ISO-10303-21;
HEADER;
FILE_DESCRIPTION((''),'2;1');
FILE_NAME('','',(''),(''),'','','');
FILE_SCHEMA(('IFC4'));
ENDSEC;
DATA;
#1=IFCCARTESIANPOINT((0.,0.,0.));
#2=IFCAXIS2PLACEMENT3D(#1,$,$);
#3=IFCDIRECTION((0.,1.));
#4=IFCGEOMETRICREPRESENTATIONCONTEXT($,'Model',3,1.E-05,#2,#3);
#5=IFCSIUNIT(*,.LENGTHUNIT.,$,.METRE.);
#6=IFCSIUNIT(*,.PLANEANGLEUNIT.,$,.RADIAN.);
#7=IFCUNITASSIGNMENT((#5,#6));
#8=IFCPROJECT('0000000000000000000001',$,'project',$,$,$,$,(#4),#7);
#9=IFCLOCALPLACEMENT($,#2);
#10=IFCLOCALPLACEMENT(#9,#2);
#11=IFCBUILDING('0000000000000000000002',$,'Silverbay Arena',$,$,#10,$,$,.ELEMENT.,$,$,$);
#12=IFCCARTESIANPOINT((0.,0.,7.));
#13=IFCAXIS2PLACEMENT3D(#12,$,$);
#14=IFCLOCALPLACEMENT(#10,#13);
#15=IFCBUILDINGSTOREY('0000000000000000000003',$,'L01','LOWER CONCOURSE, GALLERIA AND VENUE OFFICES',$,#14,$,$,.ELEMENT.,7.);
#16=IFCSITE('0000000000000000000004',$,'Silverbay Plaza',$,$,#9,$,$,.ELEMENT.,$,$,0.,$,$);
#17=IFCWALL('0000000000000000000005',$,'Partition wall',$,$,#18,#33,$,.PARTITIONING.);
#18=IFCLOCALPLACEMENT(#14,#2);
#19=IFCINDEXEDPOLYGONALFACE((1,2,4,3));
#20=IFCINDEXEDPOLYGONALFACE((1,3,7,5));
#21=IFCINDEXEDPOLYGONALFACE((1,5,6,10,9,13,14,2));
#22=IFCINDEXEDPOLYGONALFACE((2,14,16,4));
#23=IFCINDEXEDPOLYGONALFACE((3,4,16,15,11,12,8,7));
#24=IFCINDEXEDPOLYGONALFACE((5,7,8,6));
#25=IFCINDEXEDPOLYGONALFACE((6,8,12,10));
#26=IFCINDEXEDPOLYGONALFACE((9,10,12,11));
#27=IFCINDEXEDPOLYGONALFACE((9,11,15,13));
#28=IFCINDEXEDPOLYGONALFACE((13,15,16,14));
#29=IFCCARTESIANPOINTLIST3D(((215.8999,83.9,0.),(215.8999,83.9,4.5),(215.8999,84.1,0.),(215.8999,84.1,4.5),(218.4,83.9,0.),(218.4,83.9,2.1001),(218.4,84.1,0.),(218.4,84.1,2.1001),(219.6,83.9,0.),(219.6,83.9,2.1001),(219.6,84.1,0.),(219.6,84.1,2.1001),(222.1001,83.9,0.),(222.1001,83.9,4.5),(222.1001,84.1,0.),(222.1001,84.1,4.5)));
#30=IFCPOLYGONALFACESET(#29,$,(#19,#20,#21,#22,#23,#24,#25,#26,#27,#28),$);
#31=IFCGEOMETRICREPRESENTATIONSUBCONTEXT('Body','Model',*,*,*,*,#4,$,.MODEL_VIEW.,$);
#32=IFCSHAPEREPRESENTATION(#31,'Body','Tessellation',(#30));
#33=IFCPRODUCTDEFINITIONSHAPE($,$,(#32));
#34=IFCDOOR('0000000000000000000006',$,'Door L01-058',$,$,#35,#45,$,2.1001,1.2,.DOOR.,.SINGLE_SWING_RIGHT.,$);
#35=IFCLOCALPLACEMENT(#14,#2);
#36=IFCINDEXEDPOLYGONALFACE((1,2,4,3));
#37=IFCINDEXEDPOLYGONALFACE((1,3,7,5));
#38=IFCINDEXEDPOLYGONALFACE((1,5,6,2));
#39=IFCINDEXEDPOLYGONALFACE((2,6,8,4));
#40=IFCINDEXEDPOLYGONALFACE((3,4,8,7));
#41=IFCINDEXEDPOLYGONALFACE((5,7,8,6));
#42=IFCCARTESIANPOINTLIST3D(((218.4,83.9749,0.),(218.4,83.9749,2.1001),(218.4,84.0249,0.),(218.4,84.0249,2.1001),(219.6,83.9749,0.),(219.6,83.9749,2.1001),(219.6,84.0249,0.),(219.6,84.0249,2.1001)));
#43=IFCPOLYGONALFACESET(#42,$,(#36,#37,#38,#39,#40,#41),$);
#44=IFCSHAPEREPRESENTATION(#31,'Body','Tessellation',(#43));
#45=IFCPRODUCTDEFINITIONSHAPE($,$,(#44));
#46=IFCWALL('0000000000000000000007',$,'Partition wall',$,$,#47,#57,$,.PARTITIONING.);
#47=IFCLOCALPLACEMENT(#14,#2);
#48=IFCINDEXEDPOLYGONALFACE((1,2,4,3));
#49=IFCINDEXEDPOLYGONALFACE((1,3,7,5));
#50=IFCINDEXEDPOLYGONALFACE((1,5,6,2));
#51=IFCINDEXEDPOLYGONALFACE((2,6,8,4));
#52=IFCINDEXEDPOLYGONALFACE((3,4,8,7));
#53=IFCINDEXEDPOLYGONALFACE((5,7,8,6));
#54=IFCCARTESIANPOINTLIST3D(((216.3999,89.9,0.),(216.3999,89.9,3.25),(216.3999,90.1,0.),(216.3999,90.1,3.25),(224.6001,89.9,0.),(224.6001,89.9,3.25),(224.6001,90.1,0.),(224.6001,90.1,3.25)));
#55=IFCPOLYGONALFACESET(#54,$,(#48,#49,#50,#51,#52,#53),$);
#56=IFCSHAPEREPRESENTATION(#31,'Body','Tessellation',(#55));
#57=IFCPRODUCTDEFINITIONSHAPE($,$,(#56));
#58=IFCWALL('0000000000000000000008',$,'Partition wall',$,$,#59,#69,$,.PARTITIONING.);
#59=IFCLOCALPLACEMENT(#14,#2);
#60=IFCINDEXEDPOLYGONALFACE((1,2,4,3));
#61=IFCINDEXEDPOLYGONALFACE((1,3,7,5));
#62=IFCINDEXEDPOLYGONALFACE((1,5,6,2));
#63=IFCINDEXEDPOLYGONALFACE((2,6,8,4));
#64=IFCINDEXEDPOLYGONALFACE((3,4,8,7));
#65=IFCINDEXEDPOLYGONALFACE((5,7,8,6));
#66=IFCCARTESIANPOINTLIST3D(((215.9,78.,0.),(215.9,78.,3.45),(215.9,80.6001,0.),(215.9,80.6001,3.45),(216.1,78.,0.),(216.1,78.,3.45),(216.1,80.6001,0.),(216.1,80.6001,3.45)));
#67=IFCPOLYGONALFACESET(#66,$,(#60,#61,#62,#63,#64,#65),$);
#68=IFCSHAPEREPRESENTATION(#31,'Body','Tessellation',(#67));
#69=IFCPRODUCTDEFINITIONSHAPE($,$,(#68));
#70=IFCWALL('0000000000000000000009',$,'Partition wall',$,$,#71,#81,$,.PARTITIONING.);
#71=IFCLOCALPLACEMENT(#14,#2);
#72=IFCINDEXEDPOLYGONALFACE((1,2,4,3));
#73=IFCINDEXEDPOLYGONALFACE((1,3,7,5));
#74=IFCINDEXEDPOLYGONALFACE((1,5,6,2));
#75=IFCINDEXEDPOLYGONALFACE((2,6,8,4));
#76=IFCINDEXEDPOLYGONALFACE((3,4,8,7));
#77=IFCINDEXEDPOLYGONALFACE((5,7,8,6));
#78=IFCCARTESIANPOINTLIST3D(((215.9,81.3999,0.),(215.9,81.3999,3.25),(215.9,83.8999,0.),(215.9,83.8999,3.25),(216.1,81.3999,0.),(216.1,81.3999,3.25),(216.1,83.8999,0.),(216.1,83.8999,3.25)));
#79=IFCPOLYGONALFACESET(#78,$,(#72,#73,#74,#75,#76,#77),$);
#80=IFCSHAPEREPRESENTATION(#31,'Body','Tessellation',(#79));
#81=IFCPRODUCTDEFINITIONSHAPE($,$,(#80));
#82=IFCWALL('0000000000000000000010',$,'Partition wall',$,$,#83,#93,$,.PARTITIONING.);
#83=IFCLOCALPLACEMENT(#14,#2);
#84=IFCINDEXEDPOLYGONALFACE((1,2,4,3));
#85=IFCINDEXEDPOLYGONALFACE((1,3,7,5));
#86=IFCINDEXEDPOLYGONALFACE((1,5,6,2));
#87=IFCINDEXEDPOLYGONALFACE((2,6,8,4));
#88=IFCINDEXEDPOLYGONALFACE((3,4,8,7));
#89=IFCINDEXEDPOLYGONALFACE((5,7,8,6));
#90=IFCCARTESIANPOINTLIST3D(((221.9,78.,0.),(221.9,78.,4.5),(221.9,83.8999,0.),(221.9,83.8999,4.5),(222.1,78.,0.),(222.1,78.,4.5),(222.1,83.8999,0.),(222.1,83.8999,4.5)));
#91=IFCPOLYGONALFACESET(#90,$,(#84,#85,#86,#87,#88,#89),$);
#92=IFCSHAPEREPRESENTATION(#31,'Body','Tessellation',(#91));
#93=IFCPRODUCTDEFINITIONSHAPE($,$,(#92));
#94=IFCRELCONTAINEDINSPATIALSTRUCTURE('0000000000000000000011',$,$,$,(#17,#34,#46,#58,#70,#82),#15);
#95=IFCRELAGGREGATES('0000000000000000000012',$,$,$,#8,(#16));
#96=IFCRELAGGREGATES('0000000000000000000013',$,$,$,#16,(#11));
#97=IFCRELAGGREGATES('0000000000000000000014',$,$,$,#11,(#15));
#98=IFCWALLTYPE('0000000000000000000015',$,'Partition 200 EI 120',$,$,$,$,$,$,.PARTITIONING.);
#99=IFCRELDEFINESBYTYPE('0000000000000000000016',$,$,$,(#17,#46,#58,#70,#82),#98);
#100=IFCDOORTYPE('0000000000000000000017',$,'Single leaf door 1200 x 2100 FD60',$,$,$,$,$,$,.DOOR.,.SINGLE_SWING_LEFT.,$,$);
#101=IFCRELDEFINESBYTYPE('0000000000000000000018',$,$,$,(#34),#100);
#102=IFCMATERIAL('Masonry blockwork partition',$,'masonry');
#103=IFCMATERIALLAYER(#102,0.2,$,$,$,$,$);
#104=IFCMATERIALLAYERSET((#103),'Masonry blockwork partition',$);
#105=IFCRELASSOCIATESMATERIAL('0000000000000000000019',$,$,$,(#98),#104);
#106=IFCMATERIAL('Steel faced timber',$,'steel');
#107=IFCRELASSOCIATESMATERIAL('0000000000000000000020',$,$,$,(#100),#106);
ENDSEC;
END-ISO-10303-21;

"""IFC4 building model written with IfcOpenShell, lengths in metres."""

from ifc_helpers import new_model, si_unit, direction, frame, frame_2d, origin, place, context, subcontext, project, spatial, rectangle, extrude, material, layer, layer_set, type_object, element, fill, save


model = new_model("IFC4")

# Units and contexts
model_context = context("Model", 3, precision=1e-05, world=origin(), true_north=direction((0.0, 1.0)))
body_context = subcontext(model_context, "Body", "Model", "MODEL_VIEW")
ifc_project = project(units=[si_unit("LENGTHUNIT", "METRE"), si_unit("PLANEANGLEUNIT", "RADIAN")], contexts=[model_context])

# Site, building, storey
site_placement = place(None, origin())
site = spatial("IfcSite", under=ifc_project, at=site_placement, Name="Silverbay Plaza", CompositionType="ELEMENT", RefElevation=0.0)
building_placement = place(site_placement, origin())
building = spatial("IfcBuilding", under=site, at=building_placement, Name="Silverbay Arena", CompositionType="ELEMENT")
storey_placement = place(building_placement, frame((0.0, 0.0, 7.0)))
storey = spatial("IfcBuildingStorey", under=building, at=storey_placement, Name="L01", Description="LOWER CONCOURSE, GALLERIA AND VENUE OFFICES", CompositionType="ELEMENT", Elevation=7.0)

# Wall, opening, door
ifc_material_1 = material(Name="Masonry blockwork partition", Category="masonry")
ifc_layer_1 = layer(ifc_material_1, 0.2)
ifc_layer_set_1 = layer_set([ifc_layer_1], Name="Masonry blockwork partition")
wall_type_1 = type_object("IfcWallType", Name="Partition 200 EI 120", PredefinedType="PARTITIONING", material=ifc_layer_set_1)
wall_1_placement = place(storey_placement, frame((215.8999, 84.0, 0.0), z_axis=(0.0, 0.0, 1.0), x_axis=(1.0, 0.0, 0.0)))
wall_1 = element("IfcWall", 1, at=wall_1_placement, inside=storey, type_object=wall_type_1, Name="Partition wall", PredefinedType="PARTITIONING", context=body_context, shape_type="SweptSolid", body=[
    extrude(rectangle(XDim=6.2002, YDim=0.2, at=frame_2d((3.1001, 0.0))), origin(), (0.0, 0.0, 1.0), 4.5),
])
opening_1_placement = place(wall_1_placement, frame((2.5, 0.0, 0.0)))
opening_1 = element("IfcOpeningElement", 2, at=opening_1_placement, cuts=wall_1, PredefinedType="OPENING", context=body_context, shape_type="SweptSolid", body=[
    extrude(rectangle(XDim=1.2, YDim=2.1001, at=frame_2d((0.6001, 1.05))), frame((0.0, 0.1099, 0.0), z_axis=(0.0, -1.0, 0.0), x_axis=(1.0, 0.0, 0.0)), (0.0, 0.0, 1.0), 0.22),
])
ifc_material_2 = material(Name="Steel faced timber", Category="steel")
door_type_1 = type_object("IfcDoorType", Name="Single leaf door 1200 x 2100 FD60", OperationType="SINGLE_SWING_LEFT", PredefinedType="DOOR", material=ifc_material_2)
door_1_placement = place(opening_1_placement, origin())
door_1 = element("IfcDoor", 3, at=door_1_placement, inside=storey, type_object=door_type_1, Name="Door L01-058", OperationType="SINGLE_SWING_RIGHT", OverallHeight=2.1001, OverallWidth=1.2, PredefinedType="DOOR", context=body_context, shape_type="SweptSolid", body=[
    extrude(rectangle(XDim=1.2, YDim=2.1001, at=frame_2d((0.6001, 1.05))), frame((0.0, 0.0249, 0.0), z_axis=(0.0, -1.0, 0.0), x_axis=(1.0, 0.0, 0.0)), (0.0, 0.0, 1.0), 0.05),
])
fill(opening_1, door_1)

# Walls
wall_2_placement = place(storey_placement, frame((216.3999, 90.0, 0.0), z_axis=(0.0, 0.0, 1.0), x_axis=(1.0, 0.0, 0.0)))
element("IfcWall", 4, at=wall_2_placement, inside=storey, type_object=wall_type_1, Name="Partition wall", PredefinedType="PARTITIONING", context=body_context, shape_type="SweptSolid", body=[
    extrude(rectangle(XDim=8.2002, YDim=0.2, at=frame_2d((4.1001, 0.0))), origin(), (0.0, 0.0, 1.0), 3.25),
])
wall_3_placement = place(storey_placement, frame((216.0, 78.0, 0.0), z_axis=(0.0, 0.0, 1.0), x_axis=(0.0, 1.0, 0.0)))
element("IfcWall", 5, at=wall_3_placement, inside=storey, type_object=wall_type_1, Name="Partition wall", PredefinedType="PARTITIONING", context=body_context, shape_type="SweptSolid", body=[
    extrude(rectangle(XDim=2.6001, YDim=0.2, at=frame_2d((1.3, 0.0))), origin(), (0.0, 0.0, 1.0), 3.45),
])
wall_4_placement = place(storey_placement, frame((216.0, 81.3999, 0.0), z_axis=(0.0, 0.0, 1.0), x_axis=(0.0, 1.0, 0.0)))
element("IfcWall", 6, at=wall_4_placement, inside=storey, type_object=wall_type_1, Name="Partition wall", PredefinedType="PARTITIONING", context=body_context, shape_type="SweptSolid", body=[
    extrude(rectangle(XDim=2.5, YDim=0.2, at=frame_2d((1.25, 0.0))), origin(), (0.0, 0.0, 1.0), 3.25),
])
wall_5_placement = place(storey_placement, frame((222.0, 78.0, 0.0), z_axis=(0.0, 0.0, 1.0), x_axis=(0.0, 1.0, 0.0)))
element("IfcWall", 7, at=wall_5_placement, inside=storey, type_object=wall_type_1, Name="Partition wall", PredefinedType="PARTITIONING", context=body_context, shape_type="SweptSolid", body=[
    extrude(rectangle(XDim=5.8999, YDim=0.2, at=frame_2d((2.95, 0.0))), origin(), (0.0, 0.0, 1.0), 4.5),
])

save(model, "model.ifc")
